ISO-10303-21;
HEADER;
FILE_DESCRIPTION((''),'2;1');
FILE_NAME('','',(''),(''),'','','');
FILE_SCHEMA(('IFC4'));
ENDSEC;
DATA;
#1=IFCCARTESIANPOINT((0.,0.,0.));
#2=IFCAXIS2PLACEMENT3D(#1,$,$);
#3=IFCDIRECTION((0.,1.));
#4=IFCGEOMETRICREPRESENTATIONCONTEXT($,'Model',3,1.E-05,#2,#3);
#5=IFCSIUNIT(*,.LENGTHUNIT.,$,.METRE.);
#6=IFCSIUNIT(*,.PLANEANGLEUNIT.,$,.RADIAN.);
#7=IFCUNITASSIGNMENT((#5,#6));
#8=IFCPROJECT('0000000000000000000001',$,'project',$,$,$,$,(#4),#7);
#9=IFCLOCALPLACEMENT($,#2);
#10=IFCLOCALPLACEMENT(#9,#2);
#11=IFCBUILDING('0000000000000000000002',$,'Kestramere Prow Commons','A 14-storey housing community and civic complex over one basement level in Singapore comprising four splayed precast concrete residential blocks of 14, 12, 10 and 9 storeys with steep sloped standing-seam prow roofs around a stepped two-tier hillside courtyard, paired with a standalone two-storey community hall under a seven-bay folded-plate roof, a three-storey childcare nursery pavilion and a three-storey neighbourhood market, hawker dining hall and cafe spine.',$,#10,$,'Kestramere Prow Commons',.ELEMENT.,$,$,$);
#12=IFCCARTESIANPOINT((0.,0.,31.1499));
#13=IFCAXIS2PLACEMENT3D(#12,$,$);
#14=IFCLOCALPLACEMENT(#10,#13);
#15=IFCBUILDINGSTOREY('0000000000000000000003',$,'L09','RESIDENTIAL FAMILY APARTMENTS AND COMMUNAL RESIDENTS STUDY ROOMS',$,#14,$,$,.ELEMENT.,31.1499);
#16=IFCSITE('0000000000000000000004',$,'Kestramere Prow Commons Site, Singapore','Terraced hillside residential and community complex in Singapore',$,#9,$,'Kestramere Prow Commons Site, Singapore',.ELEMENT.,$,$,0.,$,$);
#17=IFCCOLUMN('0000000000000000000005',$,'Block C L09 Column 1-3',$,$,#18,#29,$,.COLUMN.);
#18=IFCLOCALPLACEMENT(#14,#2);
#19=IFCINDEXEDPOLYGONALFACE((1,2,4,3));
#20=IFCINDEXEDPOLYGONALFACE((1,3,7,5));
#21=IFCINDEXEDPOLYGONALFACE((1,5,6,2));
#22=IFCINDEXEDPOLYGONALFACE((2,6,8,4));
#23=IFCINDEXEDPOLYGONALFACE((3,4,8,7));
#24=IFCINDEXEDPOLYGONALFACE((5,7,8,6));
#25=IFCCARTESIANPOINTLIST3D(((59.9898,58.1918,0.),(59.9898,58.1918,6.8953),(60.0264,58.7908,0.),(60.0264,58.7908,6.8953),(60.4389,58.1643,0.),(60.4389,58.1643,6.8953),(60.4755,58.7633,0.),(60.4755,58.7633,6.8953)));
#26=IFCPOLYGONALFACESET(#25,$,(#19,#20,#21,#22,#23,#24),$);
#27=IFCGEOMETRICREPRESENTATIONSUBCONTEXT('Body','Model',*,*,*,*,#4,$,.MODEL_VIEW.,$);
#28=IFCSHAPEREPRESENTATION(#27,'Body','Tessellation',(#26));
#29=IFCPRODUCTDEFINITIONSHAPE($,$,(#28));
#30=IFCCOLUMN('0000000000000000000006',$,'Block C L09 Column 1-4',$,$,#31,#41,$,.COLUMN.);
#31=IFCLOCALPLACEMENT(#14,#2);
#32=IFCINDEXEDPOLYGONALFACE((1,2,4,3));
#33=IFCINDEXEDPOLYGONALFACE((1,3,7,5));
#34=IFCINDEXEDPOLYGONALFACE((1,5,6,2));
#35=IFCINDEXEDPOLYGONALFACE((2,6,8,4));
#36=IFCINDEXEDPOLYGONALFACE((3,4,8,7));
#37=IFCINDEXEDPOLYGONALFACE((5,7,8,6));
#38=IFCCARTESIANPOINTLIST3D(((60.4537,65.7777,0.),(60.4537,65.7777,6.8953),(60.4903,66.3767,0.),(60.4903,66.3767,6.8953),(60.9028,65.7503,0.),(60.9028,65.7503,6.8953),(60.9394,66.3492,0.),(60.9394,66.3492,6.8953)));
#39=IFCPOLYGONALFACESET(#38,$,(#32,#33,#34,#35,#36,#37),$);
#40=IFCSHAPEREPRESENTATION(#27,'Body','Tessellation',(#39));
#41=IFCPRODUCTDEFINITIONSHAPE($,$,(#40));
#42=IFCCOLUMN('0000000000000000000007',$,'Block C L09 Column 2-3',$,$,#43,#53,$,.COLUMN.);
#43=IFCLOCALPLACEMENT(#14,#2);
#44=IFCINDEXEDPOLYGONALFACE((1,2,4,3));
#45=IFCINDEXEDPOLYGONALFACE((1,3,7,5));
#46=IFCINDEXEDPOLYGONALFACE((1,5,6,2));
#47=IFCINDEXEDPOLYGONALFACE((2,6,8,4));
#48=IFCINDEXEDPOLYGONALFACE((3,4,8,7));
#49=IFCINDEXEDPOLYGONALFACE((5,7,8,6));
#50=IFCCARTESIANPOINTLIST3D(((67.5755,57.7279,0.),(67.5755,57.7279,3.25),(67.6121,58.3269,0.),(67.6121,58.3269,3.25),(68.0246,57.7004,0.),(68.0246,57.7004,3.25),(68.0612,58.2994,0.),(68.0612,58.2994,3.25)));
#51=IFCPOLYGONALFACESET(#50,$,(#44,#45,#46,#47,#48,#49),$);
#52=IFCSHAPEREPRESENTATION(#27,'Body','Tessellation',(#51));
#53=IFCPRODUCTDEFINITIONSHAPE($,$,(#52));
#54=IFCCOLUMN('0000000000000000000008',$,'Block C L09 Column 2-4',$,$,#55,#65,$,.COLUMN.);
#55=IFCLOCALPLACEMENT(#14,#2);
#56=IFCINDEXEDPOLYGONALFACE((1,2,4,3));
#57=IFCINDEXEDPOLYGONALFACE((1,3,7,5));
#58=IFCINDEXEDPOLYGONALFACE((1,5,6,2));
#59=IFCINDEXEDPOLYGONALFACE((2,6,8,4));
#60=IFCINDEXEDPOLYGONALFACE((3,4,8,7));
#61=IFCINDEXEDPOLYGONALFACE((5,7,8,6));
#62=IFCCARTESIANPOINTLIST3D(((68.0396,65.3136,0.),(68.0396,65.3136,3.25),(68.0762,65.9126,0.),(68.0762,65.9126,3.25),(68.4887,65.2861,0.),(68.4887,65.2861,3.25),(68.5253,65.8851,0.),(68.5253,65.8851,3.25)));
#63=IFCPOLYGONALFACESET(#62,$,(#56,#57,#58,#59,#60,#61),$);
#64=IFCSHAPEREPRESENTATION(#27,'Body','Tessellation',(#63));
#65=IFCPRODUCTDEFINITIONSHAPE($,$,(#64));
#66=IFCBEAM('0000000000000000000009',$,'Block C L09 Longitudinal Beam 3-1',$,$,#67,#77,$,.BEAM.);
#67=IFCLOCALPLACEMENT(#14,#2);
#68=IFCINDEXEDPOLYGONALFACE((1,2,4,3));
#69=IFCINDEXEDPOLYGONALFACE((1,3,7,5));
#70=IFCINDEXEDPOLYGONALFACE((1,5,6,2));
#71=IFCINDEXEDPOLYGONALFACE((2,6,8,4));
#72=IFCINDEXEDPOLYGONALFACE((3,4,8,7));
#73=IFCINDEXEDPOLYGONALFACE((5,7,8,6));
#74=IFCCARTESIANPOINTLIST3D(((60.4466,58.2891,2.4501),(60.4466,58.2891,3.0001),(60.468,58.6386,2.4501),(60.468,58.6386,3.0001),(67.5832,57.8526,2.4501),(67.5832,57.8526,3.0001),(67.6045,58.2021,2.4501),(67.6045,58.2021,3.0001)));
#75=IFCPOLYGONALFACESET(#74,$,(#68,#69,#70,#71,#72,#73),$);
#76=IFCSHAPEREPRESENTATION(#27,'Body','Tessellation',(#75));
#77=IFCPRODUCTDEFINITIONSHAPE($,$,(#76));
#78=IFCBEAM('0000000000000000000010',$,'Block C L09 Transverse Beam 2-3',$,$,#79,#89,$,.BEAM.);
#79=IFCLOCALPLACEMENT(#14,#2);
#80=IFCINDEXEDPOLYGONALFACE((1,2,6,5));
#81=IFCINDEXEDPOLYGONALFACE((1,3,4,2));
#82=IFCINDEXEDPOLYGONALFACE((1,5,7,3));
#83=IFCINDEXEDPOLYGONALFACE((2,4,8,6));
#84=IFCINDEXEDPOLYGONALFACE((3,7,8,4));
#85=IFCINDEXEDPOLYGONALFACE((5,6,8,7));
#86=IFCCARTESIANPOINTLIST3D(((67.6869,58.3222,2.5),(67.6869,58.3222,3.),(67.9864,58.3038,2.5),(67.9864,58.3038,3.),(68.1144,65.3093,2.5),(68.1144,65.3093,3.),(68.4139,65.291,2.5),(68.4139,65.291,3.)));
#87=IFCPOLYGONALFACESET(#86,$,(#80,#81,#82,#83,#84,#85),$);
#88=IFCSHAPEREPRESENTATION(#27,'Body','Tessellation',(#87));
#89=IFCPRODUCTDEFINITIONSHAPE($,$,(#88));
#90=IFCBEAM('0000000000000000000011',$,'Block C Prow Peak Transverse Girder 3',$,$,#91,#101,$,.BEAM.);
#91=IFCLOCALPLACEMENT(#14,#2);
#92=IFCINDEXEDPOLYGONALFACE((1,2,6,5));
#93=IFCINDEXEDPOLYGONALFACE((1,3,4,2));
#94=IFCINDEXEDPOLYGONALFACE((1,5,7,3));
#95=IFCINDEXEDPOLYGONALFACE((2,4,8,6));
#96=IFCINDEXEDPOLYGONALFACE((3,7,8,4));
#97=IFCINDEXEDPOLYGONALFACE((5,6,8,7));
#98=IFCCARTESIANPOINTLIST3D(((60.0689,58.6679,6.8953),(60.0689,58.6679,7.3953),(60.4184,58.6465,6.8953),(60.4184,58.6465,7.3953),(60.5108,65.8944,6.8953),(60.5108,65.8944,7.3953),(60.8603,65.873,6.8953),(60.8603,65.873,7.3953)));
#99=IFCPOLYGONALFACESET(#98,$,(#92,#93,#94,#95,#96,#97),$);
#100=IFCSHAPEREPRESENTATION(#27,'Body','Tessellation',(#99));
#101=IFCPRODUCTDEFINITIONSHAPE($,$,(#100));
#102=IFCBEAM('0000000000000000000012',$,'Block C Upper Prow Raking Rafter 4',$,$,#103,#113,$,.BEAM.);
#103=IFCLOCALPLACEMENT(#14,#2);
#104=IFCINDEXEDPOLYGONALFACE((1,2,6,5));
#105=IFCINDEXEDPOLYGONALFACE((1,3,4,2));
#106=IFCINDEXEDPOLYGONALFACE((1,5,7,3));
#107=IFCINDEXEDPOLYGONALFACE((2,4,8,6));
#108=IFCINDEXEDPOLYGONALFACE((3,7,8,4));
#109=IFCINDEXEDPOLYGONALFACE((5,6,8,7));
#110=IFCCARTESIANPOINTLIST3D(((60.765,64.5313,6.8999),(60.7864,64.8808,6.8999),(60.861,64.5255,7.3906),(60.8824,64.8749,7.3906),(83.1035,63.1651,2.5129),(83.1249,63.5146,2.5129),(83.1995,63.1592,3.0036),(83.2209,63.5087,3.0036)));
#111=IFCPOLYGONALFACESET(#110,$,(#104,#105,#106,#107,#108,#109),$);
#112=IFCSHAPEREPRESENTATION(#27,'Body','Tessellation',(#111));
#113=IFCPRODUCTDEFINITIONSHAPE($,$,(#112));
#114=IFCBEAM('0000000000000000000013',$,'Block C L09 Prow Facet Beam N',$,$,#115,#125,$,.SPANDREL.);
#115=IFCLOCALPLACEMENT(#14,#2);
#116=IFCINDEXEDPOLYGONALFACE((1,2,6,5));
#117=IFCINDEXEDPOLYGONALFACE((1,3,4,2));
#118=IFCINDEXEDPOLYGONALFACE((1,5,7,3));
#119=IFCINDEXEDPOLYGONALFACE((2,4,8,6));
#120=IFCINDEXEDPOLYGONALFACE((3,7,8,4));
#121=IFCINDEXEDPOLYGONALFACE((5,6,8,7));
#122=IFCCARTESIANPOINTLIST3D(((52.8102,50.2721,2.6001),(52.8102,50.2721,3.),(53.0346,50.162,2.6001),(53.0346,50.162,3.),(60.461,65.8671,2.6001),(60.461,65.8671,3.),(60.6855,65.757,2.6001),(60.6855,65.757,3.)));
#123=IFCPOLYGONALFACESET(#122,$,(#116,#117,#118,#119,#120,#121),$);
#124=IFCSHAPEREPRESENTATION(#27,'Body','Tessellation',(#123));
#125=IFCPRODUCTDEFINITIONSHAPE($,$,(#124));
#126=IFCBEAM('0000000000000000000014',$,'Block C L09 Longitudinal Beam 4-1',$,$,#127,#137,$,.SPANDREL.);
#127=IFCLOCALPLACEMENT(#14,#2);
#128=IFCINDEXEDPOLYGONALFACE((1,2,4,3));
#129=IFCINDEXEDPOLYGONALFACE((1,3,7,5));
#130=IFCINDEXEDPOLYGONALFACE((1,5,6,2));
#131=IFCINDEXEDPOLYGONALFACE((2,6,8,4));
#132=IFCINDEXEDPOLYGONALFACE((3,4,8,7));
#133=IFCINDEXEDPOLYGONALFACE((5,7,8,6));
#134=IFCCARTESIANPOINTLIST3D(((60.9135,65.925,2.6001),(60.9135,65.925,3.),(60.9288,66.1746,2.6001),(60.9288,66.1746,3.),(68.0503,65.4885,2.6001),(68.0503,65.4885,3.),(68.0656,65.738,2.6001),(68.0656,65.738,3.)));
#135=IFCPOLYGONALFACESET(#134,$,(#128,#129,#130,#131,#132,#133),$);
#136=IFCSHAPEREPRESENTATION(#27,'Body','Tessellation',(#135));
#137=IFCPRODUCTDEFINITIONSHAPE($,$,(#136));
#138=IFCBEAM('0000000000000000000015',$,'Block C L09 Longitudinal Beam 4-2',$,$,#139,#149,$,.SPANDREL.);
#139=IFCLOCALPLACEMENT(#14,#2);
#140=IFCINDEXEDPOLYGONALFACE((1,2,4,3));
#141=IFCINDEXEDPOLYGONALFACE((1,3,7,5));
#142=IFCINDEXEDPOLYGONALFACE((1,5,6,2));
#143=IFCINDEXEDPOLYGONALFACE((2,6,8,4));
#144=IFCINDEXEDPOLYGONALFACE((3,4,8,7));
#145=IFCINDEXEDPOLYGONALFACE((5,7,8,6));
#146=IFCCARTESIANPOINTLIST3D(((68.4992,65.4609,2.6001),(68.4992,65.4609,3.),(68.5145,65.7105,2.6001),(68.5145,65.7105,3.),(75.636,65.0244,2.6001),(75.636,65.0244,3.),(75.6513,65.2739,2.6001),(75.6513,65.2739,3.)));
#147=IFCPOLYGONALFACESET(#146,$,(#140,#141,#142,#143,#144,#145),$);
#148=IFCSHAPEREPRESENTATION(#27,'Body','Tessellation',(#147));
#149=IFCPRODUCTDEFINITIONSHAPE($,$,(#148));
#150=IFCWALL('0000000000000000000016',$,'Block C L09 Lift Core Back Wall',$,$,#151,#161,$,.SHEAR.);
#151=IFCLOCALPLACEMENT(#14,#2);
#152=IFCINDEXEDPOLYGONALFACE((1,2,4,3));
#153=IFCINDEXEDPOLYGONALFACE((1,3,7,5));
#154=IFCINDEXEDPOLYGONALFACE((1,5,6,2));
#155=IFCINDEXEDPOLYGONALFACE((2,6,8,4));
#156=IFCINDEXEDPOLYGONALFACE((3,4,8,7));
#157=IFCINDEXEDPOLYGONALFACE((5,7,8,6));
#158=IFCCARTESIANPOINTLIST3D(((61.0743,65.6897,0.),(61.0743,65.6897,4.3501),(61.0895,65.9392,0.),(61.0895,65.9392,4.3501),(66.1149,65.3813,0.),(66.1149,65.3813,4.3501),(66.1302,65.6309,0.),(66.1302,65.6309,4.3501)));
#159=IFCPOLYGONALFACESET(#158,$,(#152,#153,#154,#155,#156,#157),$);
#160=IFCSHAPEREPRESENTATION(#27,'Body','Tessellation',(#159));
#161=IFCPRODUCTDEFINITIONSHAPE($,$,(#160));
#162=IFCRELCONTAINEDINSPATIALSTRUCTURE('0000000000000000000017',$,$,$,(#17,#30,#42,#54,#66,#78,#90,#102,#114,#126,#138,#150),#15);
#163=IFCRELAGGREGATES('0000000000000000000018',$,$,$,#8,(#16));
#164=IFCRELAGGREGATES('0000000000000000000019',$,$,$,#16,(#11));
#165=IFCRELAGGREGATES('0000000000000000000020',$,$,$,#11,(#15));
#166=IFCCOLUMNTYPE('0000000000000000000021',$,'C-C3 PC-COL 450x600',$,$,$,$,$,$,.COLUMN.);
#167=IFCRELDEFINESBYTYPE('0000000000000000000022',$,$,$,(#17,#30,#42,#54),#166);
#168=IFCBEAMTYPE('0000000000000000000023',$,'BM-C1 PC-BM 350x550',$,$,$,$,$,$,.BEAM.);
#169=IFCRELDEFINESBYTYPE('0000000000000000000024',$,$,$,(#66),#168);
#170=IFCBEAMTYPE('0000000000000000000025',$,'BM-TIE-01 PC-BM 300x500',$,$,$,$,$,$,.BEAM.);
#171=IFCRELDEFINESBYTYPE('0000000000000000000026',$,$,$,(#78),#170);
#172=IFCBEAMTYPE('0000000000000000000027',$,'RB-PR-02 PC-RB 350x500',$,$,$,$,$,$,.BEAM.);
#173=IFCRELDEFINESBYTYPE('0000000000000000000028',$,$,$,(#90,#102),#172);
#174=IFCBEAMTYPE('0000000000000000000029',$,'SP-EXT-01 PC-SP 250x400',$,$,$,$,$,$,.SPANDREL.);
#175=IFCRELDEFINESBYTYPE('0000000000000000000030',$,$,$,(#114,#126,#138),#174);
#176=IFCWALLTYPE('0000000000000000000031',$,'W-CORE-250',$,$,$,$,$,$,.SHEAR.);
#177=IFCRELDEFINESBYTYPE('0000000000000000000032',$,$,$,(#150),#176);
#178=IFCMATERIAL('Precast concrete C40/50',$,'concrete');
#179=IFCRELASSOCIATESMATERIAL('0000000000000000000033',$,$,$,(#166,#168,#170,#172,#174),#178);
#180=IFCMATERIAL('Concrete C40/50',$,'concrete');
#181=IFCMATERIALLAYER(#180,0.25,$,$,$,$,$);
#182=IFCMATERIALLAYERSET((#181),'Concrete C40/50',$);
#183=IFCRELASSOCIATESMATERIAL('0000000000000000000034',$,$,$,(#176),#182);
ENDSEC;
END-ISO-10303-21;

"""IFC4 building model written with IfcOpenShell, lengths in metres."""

from ifc_helpers import new_model, si_unit, direction, frame, frame_2d, origin, origin_2d, place, context, subcontext, project, spatial, rectangle, extrude, material, layer, layer_set, material_profile, profile_set, type_object, element, save


model = new_model("IFC4")

# Units and contexts
model_context = context("Model", 3, precision=1e-05, world=origin(), true_north=direction((0.0, 1.0)))
body_context = subcontext(model_context, "Body", "Model", "MODEL_VIEW")
ifc_project = project(units=[si_unit("LENGTHUNIT", "METRE"), si_unit("PLANEANGLEUNIT", "RADIAN")], contexts=[model_context])

# Site, building, storey
site_placement = place(None, origin())
site = spatial("IfcSite", under=ifc_project, at=site_placement, Name="Kestramere Prow Commons Site, Singapore", Description="Terraced hillside residential and community complex in Singapore", LongName="Kestramere Prow Commons Site, Singapore", CompositionType="ELEMENT", RefElevation=0.0)
building_placement = place(site_placement, origin())
building = spatial("IfcBuilding", under=site, at=building_placement, Name="Kestramere Prow Commons", Description="A 14-storey housing community and civic complex over one basement level in Singapore comprising four splayed precast concrete residential blocks of 14, 12, 10 and 9 storeys with steep sloped standing-seam prow roofs around a stepped two-tier hillside courtyard, paired with a standalone two-storey community hall under a seven-bay folded-plate roof, a three-storey childcare nursery pavilion and a three-storey neighbourhood market, hawker dining hall and cafe spine.", LongName="Kestramere Prow Commons", CompositionType="ELEMENT")
storey_placement = place(building_placement, frame((0.0, 0.0, 31.1499)))
storey = spatial("IfcBuildingStorey", under=building, at=storey_placement, Name="L09", Description="RESIDENTIAL FAMILY APARTMENTS AND COMMUNAL RESIDENTS STUDY ROOMS", CompositionType="ELEMENT", Elevation=31.1499)

# Columns
ifc_material_1 = material(Name="Precast concrete C40/50", Category="concrete")
ifc_material_profile_1 = material_profile(ifc_material_1, rectangle(XDim=0.45, YDim=0.6001, at=origin_2d()), Name="PC-COL 450x600")
ifc_profile_set_1 = profile_set([ifc_material_profile_1], Name="Precast concrete C40/50")
column_type = type_object("IfcColumnType", Name="C-C3 PC-COL 450x600", PredefinedType="COLUMN", material=ifc_profile_set_1)
for number, where, z_axis, x_axis, name in (
    (1, (60.2327, 58.4775, 0.0), (0.0, 0.0, 1.0), (0.998135, -0.061049, 0.0), "Block C L09 Column 1-3"),
    (2, (60.6965, 66.0635, 0.0), (0.0, 0.0, 1.0), (0.998135, -0.061049, 0.0), "Block C L09 Column 1-4"),
):
    element("IfcColumn", number, at=place(storey_placement, frame(where, z_axis=z_axis, x_axis=x_axis)), inside=storey, type_object=column_type, Name=name, PredefinedType="COLUMN", context=body_context, shape_type="SweptSolid", body=[
        extrude(rectangle(XDim=0.45, YDim=0.6001, at=origin_2d()), origin(), (0.0, 0.0, 1.0), 6.8953),
    ])
for number, where, z_axis, x_axis, name in (
    (3, (67.8184, 58.0137, 0.0), (0.0, 0.0, 1.0), (0.998135, -0.061049, 0.0), "Block C L09 Column 2-3"),
    (4, (68.2825, 65.5994, 0.0), (0.0, 0.0, 1.0), (0.998135, -0.061049, 0.0), "Block C L09 Column 2-4"),
):
    element("IfcColumn", number, at=place(storey_placement, frame(where, z_axis=z_axis, x_axis=x_axis)), inside=storey, type_object=column_type, Name=name, PredefinedType="COLUMN", context=body_context, shape_type="SweptSolid", body=[
        extrude(rectangle(XDim=0.45, YDim=0.6001, at=origin_2d()), origin(), (0.0, 0.0, 1.0), 3.25),
    ])

# Beams
ifc_material_profile_2 = material_profile(ifc_material_1, rectangle(XDim=0.3501, YDim=0.55, at=origin_2d()), Name="PC-BM 350x550")
ifc_profile_set_2 = profile_set([ifc_material_profile_2], Name="Precast concrete C40/50")
beam_type_1 = type_object("IfcBeamType", Name="BM-C1 PC-BM 350x550", PredefinedType="BEAM", material=ifc_profile_set_2)
beam_1_placement = place(storey_placement, frame((60.4573, 58.4639, 2.7251), z_axis=(0.998134, -0.061054, 0.0), x_axis=(0.061054, 0.998134, 0.0)))
element("IfcBeam", 5, at=beam_1_placement, inside=storey, type_object=beam_type_1, Name="Block C L09 Longitudinal Beam 3-1", PredefinedType="BEAM", context=body_context, shape_type="SweptSolid", body=[
    extrude(rectangle(XDim=0.3501, YDim=0.55, at=origin_2d()), origin(), (0.0, 0.0, 1.0), 7.1499),
])
ifc_material_profile_3 = material_profile(ifc_material_1, rectangle(XDim=0.3, YDim=0.5, at=origin_2d()), Name="PC-BM 300x500")
ifc_profile_set_3 = profile_set([ifc_material_profile_3], Name="Precast concrete C40/50")
beam_type_2 = type_object("IfcBeamType", Name="BM-TIE-01 PC-BM 300x500", PredefinedType="BEAM", material=ifc_profile_set_3)
beam_2_placement = place(storey_placement, frame((67.8367, 58.313, 2.75), z_axis=(0.061069, 0.998134, 0.0), x_axis=(-0.998134, 0.061069, 0.0)))
element("IfcBeam", 6, at=beam_2_placement, inside=storey, type_object=beam_type_2, Name="Block C L09 Transverse Beam 2-3", PredefinedType="BEAM", context=body_context, shape_type="SweptSolid", body=[
    extrude(rectangle(XDim=0.3, YDim=0.5, at=origin_2d()), origin(), (0.0, 0.0, 1.0), 7.0002),
])
ifc_material_profile_4 = material_profile(ifc_material_1, rectangle(XDim=0.3501, YDim=0.5, at=origin_2d()), Name="PC-RB 350x500")
ifc_profile_set_4 = profile_set([ifc_material_profile_4], Name="Precast concrete C40/50")
beam_type_3 = type_object("IfcBeamType", Name="RB-PR-02 PC-RB 350x500", PredefinedType="BEAM", material=ifc_profile_set_4)
beam_3_placement = place(storey_placement, frame((60.2437, 58.6572, 7.1453), z_axis=(0.061035, 0.998136, 0.0), x_axis=(-0.998136, 0.061035, 0.0)))
element("IfcBeam", 7, at=beam_3_placement, inside=storey, type_object=beam_type_3, Name="Block C Prow Peak Transverse Girder 3", PredefinedType="BEAM", context=body_context, shape_type="SweptSolid", body=[
    extrude(rectangle(XDim=0.3501, YDim=0.5, at=origin_2d()), origin(), (0.0, 0.0, 1.0), 7.24),
])
beam_4_placement = place(storey_placement, frame((60.8237, 64.7031, 7.1453), z_axis=(0.979494, -0.059906, -0.19236), x_axis=(0.061046, 0.998135, 0.0)))
element("IfcBeam", 8, at=beam_4_placement, inside=storey, type_object=beam_type_3, Name="Block C Upper Prow Raking Rafter 4", PredefinedType="BEAM", context=body_context, shape_type="SweptSolid", body=[
    extrude(rectangle(XDim=0.3501, YDim=0.5, at=origin_2d()), origin(), (0.0, 0.0, 1.0), 22.8062),
])
ifc_material_profile_5 = material_profile(ifc_material_1, rectangle(XDim=0.25, YDim=0.3999, at=origin_2d()), Name="PC-SP 250x400")
ifc_profile_set_5 = profile_set([ifc_material_profile_5], Name="Precast concrete C40/50")
beam_type_4 = type_object("IfcBeamType", Name="SP-EXT-01 PC-SP 250x400", PredefinedType="SPANDREL", material=ifc_profile_set_5)
beam_5_placement = place(storey_placement, frame((60.5732, 65.812, 2.8), z_axis=(-0.440449, -0.897778, 0.0), x_axis=(0.897778, -0.440449, 0.0)))
element("IfcBeam", 9, at=beam_5_placement, inside=storey, type_object=beam_type_4, Name="Block C L09 Prow Facet Beam N", PredefinedType="SPANDREL", context=body_context, shape_type="SweptSolid", body=[
    extrude(rectangle(XDim=0.25, YDim=0.3999, at=origin_2d()), origin(), (0.0, 0.0, 1.0), 17.3706),
])
for number, where, z_axis, x_axis, name in (
    (10, (60.9211, 66.0498, 2.8), (0.998135, -0.061052, 0.0), (0.061052, 0.998135, 0.0), "Block C L09 Longitudinal Beam 4-1"),
    (11, (68.5068, 65.5857, 2.8), (0.998135, -0.061052, 0.0), (0.061052, 0.998135, 0.0), "Block C L09 Longitudinal Beam 4-2"),
):
    element("IfcBeam", number, at=place(storey_placement, frame(where, z_axis=z_axis, x_axis=x_axis)), inside=storey, type_object=beam_type_4, Name=name, PredefinedType="SPANDREL", context=body_context, shape_type="SweptSolid", body=[
        extrude(rectangle(XDim=0.25, YDim=0.3999, at=origin_2d()), origin(), (0.0, 0.0, 1.0), 7.1501),
    ])

# Wall
ifc_material_2 = material(Name="Concrete C40/50", Category="concrete")
ifc_layer_1 = layer(ifc_material_2, 0.25)
ifc_layer_set_1 = layer_set([ifc_layer_1], Name="Concrete C40/50")
wall_type_1 = type_object("IfcWallType", Name="W-CORE-250", PredefinedType="SHEAR", material=ifc_layer_set_1)
wall_1_placement = place(storey_placement, frame((61.082, 65.8145, 0.0), z_axis=(0.0, 0.0, 1.0), x_axis=(0.998134, -0.06106, 0.0)))
element("IfcWall", 12, at=wall_1_placement, inside=storey, type_object=wall_type_1, Name="Block C L09 Lift Core Back Wall", PredefinedType="SHEAR", context=body_context, shape_type="SweptSolid", body=[
    extrude(rectangle(XDim=5.05, YDim=0.25, at=frame_2d((2.5249, 0.0))), origin(), (0.0, 0.0, 1.0), 4.3501),
])

save(model, "model.ifc")
